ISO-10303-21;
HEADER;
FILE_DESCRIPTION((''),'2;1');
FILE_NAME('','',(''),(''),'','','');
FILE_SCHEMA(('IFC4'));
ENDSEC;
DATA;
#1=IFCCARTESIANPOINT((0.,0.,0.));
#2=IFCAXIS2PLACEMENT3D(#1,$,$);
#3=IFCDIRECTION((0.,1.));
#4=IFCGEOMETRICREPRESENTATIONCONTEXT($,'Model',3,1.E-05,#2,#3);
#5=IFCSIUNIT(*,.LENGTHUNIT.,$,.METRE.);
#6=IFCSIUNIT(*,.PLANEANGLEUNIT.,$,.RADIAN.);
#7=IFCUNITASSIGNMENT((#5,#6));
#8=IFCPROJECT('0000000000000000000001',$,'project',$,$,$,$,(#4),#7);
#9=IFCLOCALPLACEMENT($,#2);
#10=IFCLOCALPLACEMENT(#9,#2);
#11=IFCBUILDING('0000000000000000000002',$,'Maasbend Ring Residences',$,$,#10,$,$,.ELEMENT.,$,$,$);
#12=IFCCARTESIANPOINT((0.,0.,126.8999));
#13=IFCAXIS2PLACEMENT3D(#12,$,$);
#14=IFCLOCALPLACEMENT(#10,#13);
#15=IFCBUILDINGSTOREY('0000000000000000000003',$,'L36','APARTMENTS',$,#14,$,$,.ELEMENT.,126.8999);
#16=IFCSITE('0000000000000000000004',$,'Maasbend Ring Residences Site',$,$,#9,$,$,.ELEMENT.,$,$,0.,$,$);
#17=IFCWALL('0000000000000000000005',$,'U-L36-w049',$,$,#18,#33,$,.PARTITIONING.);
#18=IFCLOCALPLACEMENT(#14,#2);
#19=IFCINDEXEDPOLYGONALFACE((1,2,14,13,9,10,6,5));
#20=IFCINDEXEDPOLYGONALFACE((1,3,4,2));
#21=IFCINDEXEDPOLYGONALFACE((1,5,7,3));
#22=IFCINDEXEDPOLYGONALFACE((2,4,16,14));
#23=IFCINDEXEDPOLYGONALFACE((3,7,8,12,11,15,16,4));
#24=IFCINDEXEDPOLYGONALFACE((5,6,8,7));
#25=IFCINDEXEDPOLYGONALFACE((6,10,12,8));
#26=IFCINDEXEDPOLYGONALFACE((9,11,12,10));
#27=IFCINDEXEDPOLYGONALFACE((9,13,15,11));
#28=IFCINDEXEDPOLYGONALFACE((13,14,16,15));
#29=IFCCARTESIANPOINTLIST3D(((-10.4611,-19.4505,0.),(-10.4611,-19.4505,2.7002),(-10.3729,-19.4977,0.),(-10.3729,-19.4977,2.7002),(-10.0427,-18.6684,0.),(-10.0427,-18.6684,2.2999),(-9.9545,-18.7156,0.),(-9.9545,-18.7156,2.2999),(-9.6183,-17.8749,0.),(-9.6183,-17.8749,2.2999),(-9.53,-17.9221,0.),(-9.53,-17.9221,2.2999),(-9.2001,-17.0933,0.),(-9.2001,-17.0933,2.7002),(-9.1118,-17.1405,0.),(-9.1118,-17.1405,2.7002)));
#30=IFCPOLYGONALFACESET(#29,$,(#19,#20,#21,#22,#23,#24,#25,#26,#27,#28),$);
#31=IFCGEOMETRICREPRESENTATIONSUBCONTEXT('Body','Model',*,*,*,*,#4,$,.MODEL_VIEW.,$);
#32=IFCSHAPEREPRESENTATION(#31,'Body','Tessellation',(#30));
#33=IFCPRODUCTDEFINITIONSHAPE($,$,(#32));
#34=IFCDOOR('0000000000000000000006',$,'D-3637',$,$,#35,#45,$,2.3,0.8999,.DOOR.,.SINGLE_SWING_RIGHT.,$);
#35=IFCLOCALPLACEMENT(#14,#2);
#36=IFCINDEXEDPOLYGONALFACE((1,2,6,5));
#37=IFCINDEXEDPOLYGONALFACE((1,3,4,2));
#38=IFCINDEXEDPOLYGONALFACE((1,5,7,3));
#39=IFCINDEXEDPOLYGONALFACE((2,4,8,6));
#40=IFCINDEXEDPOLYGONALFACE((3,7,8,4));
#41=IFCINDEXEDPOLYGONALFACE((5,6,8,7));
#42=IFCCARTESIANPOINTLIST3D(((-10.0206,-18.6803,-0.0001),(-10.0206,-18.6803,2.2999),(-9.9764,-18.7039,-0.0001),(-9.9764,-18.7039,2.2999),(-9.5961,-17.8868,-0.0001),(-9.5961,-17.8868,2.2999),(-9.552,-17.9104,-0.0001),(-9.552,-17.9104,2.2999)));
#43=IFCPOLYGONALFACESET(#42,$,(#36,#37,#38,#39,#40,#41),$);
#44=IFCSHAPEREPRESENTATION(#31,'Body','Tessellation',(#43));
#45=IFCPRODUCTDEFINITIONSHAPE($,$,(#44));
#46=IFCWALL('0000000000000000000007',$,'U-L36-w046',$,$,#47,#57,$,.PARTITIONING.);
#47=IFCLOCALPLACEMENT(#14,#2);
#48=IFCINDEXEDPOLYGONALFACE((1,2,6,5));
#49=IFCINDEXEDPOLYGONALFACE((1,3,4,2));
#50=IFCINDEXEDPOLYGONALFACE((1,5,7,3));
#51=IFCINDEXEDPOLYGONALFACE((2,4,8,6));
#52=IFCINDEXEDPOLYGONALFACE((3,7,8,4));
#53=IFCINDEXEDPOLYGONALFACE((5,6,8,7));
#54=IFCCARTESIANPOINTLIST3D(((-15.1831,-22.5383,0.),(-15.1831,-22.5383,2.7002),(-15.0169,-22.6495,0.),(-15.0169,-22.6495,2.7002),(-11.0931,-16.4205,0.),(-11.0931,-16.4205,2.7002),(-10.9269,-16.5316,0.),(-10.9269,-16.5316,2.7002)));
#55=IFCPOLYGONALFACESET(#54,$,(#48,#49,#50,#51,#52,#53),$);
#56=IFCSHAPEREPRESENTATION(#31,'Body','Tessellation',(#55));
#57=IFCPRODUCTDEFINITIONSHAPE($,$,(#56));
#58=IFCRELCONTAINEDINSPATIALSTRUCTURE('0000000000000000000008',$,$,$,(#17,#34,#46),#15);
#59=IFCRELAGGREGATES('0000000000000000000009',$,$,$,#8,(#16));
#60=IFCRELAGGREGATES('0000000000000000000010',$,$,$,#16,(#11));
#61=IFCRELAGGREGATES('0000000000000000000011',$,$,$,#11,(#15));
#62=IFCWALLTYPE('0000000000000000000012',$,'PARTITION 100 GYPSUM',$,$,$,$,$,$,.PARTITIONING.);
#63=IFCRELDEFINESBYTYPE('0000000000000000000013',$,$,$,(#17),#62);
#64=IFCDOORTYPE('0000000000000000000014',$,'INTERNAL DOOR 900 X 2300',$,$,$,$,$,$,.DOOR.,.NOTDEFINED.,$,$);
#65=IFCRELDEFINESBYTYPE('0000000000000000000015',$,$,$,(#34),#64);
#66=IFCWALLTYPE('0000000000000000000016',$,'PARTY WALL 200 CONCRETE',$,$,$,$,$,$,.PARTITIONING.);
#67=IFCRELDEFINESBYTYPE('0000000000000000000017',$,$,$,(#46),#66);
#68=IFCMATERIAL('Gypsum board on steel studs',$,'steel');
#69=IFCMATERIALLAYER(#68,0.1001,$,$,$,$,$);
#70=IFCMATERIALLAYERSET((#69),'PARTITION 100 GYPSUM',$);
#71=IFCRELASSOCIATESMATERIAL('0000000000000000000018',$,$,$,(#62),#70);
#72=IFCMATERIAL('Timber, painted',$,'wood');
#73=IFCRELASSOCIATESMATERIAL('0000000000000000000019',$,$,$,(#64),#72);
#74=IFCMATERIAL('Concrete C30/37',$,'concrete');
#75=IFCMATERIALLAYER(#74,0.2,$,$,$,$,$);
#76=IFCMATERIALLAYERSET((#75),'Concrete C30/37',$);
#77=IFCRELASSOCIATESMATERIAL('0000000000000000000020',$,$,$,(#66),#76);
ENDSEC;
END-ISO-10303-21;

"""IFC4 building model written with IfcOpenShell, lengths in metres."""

from ifc_helpers import new_model, si_unit, direction, frame, frame_2d, origin, place, context, subcontext, project, spatial, rectangle, extrude, material, layer, layer_set, type_object, element, fill, save


model = new_model("IFC4")

# Units and contexts
model_context = context("Model", 3, precision=1e-05, world=origin(), true_north=direction((0.0, 1.0)))
body_context = subcontext(model_context, "Body", "Model", "MODEL_VIEW")
ifc_project = project(units=[si_unit("LENGTHUNIT", "METRE"), si_unit("PLANEANGLEUNIT", "RADIAN")], contexts=[model_context])

# Site, building, storey
site_placement = place(None, origin())
site = spatial("IfcSite", under=ifc_project, at=site_placement, Name="Maasbend Ring Residences Site", CompositionType="ELEMENT", RefElevation=0.0)
building_placement = place(site_placement, origin())
building = spatial("IfcBuilding", under=site, at=building_placement, Name="Maasbend Ring Residences", CompositionType="ELEMENT")
storey_placement = place(building_placement, frame((0.0, 0.0, 126.8999)))
storey = spatial("IfcBuildingStorey", under=building, at=storey_placement, Name="L36", Description="APARTMENTS", CompositionType="ELEMENT", Elevation=126.8999)

# Shared definitions
ifc_material_1 = material(Name="Gypsum board on steel studs", Category="steel")
ifc_layer_1 = layer(ifc_material_1, 0.1001)
ifc_layer_set_1 = layer_set([ifc_layer_1], Name="PARTITION 100 GYPSUM")
wall_type_1 = type_object("IfcWallType", Name="PARTITION 100 GYPSUM", PredefinedType="PARTITIONING", material=ifc_layer_set_1)

# Wall, opening, door
ifc_material_2 = material(Name="Timber, painted", Category="wood")
door_type_1 = type_object("IfcDoorType", Name="INTERNAL DOOR 900 X 2300", OperationType="NOTDEFINED", PredefinedType="DOOR", material=ifc_material_2)
wall_1_placement = place(storey_placement, frame((-10.417, -19.4741, 0.0), z_axis=(0.0, 0.0, 1.0), x_axis=(0.471702, 0.881758, 0.0)))
wall_1 = element("IfcWall", 1, at=wall_1_placement, inside=storey, type_object=wall_type_1, Name="U-L36-w049", PredefinedType="PARTITIONING", context=body_context, shape_type="SweptSolid", body=[
    extrude(rectangle(XDim=2.6733, YDim=0.1001, at=frame_2d((1.3367, 0.0))), origin(), (0.0, 0.0, 1.0), 2.7002),
])
opening_1_placement = place(wall_1_placement, frame((0.887, 0.0, 0.0)))
opening_1 = element("IfcOpeningElement", 2, at=opening_1_placement, cuts=wall_1, PredefinedType="OPENING", context=body_context, shape_type="SweptSolid", body=[
    extrude(rectangle(XDim=0.8999, YDim=2.3, at=frame_2d((0.45, 1.1499))), frame((0.0, 0.0601, 0.0), z_axis=(0.0, -1.0, 0.0), x_axis=(1.0, 0.0, 0.0)), (0.0, 0.0, 1.0), 0.1201),
])
door_1_placement = place(opening_1_placement, origin())
door_1 = element("IfcDoor", 3, at=door_1_placement, inside=storey, type_object=door_type_1, Name="D-3637", OperationType="SINGLE_SWING_RIGHT", OverallHeight=2.3, OverallWidth=0.8999, PredefinedType="DOOR", context=body_context, shape_type="SweptSolid", body=[
    extrude(rectangle(XDim=0.8999, YDim=2.3, at=frame_2d((0.45, 1.1499))), frame((0.0, 0.0249, 0.0), z_axis=(0.0, -1.0, 0.0), x_axis=(1.0, 0.0, 0.0)), (0.0, 0.0, 1.0), 0.05),
])
fill(opening_1, door_1)

# Wall
ifc_material_3 = material(Name="Concrete C30/37", Category="concrete")
ifc_layer_2 = layer(ifc_material_3, 0.2)
ifc_layer_set_2 = layer_set([ifc_layer_2], Name="Concrete C30/37")
wall_type_2 = type_object("IfcWallType", Name="PARTY WALL 200 CONCRETE", PredefinedType="PARTITIONING", material=ifc_layer_set_2)
wall_2_placement = place(storey_placement, frame((-15.1001, -22.594, 0.0), z_axis=(0.0, 0.0, 1.0), x_axis=(0.555779, 0.83133, 0.0)))
element("IfcWall", 4, at=wall_2_placement, inside=storey, type_object=wall_type_2, Name="U-L36-w046", PredefinedType="PARTITIONING", context=body_context, shape_type="SweptSolid", body=[
    extrude(rectangle(XDim=7.3591, YDim=0.2, at=frame_2d((3.6797, 0.0))), origin(), (0.0, 0.0, 1.0), 2.7002),
])

save(model, "model.ifc")
